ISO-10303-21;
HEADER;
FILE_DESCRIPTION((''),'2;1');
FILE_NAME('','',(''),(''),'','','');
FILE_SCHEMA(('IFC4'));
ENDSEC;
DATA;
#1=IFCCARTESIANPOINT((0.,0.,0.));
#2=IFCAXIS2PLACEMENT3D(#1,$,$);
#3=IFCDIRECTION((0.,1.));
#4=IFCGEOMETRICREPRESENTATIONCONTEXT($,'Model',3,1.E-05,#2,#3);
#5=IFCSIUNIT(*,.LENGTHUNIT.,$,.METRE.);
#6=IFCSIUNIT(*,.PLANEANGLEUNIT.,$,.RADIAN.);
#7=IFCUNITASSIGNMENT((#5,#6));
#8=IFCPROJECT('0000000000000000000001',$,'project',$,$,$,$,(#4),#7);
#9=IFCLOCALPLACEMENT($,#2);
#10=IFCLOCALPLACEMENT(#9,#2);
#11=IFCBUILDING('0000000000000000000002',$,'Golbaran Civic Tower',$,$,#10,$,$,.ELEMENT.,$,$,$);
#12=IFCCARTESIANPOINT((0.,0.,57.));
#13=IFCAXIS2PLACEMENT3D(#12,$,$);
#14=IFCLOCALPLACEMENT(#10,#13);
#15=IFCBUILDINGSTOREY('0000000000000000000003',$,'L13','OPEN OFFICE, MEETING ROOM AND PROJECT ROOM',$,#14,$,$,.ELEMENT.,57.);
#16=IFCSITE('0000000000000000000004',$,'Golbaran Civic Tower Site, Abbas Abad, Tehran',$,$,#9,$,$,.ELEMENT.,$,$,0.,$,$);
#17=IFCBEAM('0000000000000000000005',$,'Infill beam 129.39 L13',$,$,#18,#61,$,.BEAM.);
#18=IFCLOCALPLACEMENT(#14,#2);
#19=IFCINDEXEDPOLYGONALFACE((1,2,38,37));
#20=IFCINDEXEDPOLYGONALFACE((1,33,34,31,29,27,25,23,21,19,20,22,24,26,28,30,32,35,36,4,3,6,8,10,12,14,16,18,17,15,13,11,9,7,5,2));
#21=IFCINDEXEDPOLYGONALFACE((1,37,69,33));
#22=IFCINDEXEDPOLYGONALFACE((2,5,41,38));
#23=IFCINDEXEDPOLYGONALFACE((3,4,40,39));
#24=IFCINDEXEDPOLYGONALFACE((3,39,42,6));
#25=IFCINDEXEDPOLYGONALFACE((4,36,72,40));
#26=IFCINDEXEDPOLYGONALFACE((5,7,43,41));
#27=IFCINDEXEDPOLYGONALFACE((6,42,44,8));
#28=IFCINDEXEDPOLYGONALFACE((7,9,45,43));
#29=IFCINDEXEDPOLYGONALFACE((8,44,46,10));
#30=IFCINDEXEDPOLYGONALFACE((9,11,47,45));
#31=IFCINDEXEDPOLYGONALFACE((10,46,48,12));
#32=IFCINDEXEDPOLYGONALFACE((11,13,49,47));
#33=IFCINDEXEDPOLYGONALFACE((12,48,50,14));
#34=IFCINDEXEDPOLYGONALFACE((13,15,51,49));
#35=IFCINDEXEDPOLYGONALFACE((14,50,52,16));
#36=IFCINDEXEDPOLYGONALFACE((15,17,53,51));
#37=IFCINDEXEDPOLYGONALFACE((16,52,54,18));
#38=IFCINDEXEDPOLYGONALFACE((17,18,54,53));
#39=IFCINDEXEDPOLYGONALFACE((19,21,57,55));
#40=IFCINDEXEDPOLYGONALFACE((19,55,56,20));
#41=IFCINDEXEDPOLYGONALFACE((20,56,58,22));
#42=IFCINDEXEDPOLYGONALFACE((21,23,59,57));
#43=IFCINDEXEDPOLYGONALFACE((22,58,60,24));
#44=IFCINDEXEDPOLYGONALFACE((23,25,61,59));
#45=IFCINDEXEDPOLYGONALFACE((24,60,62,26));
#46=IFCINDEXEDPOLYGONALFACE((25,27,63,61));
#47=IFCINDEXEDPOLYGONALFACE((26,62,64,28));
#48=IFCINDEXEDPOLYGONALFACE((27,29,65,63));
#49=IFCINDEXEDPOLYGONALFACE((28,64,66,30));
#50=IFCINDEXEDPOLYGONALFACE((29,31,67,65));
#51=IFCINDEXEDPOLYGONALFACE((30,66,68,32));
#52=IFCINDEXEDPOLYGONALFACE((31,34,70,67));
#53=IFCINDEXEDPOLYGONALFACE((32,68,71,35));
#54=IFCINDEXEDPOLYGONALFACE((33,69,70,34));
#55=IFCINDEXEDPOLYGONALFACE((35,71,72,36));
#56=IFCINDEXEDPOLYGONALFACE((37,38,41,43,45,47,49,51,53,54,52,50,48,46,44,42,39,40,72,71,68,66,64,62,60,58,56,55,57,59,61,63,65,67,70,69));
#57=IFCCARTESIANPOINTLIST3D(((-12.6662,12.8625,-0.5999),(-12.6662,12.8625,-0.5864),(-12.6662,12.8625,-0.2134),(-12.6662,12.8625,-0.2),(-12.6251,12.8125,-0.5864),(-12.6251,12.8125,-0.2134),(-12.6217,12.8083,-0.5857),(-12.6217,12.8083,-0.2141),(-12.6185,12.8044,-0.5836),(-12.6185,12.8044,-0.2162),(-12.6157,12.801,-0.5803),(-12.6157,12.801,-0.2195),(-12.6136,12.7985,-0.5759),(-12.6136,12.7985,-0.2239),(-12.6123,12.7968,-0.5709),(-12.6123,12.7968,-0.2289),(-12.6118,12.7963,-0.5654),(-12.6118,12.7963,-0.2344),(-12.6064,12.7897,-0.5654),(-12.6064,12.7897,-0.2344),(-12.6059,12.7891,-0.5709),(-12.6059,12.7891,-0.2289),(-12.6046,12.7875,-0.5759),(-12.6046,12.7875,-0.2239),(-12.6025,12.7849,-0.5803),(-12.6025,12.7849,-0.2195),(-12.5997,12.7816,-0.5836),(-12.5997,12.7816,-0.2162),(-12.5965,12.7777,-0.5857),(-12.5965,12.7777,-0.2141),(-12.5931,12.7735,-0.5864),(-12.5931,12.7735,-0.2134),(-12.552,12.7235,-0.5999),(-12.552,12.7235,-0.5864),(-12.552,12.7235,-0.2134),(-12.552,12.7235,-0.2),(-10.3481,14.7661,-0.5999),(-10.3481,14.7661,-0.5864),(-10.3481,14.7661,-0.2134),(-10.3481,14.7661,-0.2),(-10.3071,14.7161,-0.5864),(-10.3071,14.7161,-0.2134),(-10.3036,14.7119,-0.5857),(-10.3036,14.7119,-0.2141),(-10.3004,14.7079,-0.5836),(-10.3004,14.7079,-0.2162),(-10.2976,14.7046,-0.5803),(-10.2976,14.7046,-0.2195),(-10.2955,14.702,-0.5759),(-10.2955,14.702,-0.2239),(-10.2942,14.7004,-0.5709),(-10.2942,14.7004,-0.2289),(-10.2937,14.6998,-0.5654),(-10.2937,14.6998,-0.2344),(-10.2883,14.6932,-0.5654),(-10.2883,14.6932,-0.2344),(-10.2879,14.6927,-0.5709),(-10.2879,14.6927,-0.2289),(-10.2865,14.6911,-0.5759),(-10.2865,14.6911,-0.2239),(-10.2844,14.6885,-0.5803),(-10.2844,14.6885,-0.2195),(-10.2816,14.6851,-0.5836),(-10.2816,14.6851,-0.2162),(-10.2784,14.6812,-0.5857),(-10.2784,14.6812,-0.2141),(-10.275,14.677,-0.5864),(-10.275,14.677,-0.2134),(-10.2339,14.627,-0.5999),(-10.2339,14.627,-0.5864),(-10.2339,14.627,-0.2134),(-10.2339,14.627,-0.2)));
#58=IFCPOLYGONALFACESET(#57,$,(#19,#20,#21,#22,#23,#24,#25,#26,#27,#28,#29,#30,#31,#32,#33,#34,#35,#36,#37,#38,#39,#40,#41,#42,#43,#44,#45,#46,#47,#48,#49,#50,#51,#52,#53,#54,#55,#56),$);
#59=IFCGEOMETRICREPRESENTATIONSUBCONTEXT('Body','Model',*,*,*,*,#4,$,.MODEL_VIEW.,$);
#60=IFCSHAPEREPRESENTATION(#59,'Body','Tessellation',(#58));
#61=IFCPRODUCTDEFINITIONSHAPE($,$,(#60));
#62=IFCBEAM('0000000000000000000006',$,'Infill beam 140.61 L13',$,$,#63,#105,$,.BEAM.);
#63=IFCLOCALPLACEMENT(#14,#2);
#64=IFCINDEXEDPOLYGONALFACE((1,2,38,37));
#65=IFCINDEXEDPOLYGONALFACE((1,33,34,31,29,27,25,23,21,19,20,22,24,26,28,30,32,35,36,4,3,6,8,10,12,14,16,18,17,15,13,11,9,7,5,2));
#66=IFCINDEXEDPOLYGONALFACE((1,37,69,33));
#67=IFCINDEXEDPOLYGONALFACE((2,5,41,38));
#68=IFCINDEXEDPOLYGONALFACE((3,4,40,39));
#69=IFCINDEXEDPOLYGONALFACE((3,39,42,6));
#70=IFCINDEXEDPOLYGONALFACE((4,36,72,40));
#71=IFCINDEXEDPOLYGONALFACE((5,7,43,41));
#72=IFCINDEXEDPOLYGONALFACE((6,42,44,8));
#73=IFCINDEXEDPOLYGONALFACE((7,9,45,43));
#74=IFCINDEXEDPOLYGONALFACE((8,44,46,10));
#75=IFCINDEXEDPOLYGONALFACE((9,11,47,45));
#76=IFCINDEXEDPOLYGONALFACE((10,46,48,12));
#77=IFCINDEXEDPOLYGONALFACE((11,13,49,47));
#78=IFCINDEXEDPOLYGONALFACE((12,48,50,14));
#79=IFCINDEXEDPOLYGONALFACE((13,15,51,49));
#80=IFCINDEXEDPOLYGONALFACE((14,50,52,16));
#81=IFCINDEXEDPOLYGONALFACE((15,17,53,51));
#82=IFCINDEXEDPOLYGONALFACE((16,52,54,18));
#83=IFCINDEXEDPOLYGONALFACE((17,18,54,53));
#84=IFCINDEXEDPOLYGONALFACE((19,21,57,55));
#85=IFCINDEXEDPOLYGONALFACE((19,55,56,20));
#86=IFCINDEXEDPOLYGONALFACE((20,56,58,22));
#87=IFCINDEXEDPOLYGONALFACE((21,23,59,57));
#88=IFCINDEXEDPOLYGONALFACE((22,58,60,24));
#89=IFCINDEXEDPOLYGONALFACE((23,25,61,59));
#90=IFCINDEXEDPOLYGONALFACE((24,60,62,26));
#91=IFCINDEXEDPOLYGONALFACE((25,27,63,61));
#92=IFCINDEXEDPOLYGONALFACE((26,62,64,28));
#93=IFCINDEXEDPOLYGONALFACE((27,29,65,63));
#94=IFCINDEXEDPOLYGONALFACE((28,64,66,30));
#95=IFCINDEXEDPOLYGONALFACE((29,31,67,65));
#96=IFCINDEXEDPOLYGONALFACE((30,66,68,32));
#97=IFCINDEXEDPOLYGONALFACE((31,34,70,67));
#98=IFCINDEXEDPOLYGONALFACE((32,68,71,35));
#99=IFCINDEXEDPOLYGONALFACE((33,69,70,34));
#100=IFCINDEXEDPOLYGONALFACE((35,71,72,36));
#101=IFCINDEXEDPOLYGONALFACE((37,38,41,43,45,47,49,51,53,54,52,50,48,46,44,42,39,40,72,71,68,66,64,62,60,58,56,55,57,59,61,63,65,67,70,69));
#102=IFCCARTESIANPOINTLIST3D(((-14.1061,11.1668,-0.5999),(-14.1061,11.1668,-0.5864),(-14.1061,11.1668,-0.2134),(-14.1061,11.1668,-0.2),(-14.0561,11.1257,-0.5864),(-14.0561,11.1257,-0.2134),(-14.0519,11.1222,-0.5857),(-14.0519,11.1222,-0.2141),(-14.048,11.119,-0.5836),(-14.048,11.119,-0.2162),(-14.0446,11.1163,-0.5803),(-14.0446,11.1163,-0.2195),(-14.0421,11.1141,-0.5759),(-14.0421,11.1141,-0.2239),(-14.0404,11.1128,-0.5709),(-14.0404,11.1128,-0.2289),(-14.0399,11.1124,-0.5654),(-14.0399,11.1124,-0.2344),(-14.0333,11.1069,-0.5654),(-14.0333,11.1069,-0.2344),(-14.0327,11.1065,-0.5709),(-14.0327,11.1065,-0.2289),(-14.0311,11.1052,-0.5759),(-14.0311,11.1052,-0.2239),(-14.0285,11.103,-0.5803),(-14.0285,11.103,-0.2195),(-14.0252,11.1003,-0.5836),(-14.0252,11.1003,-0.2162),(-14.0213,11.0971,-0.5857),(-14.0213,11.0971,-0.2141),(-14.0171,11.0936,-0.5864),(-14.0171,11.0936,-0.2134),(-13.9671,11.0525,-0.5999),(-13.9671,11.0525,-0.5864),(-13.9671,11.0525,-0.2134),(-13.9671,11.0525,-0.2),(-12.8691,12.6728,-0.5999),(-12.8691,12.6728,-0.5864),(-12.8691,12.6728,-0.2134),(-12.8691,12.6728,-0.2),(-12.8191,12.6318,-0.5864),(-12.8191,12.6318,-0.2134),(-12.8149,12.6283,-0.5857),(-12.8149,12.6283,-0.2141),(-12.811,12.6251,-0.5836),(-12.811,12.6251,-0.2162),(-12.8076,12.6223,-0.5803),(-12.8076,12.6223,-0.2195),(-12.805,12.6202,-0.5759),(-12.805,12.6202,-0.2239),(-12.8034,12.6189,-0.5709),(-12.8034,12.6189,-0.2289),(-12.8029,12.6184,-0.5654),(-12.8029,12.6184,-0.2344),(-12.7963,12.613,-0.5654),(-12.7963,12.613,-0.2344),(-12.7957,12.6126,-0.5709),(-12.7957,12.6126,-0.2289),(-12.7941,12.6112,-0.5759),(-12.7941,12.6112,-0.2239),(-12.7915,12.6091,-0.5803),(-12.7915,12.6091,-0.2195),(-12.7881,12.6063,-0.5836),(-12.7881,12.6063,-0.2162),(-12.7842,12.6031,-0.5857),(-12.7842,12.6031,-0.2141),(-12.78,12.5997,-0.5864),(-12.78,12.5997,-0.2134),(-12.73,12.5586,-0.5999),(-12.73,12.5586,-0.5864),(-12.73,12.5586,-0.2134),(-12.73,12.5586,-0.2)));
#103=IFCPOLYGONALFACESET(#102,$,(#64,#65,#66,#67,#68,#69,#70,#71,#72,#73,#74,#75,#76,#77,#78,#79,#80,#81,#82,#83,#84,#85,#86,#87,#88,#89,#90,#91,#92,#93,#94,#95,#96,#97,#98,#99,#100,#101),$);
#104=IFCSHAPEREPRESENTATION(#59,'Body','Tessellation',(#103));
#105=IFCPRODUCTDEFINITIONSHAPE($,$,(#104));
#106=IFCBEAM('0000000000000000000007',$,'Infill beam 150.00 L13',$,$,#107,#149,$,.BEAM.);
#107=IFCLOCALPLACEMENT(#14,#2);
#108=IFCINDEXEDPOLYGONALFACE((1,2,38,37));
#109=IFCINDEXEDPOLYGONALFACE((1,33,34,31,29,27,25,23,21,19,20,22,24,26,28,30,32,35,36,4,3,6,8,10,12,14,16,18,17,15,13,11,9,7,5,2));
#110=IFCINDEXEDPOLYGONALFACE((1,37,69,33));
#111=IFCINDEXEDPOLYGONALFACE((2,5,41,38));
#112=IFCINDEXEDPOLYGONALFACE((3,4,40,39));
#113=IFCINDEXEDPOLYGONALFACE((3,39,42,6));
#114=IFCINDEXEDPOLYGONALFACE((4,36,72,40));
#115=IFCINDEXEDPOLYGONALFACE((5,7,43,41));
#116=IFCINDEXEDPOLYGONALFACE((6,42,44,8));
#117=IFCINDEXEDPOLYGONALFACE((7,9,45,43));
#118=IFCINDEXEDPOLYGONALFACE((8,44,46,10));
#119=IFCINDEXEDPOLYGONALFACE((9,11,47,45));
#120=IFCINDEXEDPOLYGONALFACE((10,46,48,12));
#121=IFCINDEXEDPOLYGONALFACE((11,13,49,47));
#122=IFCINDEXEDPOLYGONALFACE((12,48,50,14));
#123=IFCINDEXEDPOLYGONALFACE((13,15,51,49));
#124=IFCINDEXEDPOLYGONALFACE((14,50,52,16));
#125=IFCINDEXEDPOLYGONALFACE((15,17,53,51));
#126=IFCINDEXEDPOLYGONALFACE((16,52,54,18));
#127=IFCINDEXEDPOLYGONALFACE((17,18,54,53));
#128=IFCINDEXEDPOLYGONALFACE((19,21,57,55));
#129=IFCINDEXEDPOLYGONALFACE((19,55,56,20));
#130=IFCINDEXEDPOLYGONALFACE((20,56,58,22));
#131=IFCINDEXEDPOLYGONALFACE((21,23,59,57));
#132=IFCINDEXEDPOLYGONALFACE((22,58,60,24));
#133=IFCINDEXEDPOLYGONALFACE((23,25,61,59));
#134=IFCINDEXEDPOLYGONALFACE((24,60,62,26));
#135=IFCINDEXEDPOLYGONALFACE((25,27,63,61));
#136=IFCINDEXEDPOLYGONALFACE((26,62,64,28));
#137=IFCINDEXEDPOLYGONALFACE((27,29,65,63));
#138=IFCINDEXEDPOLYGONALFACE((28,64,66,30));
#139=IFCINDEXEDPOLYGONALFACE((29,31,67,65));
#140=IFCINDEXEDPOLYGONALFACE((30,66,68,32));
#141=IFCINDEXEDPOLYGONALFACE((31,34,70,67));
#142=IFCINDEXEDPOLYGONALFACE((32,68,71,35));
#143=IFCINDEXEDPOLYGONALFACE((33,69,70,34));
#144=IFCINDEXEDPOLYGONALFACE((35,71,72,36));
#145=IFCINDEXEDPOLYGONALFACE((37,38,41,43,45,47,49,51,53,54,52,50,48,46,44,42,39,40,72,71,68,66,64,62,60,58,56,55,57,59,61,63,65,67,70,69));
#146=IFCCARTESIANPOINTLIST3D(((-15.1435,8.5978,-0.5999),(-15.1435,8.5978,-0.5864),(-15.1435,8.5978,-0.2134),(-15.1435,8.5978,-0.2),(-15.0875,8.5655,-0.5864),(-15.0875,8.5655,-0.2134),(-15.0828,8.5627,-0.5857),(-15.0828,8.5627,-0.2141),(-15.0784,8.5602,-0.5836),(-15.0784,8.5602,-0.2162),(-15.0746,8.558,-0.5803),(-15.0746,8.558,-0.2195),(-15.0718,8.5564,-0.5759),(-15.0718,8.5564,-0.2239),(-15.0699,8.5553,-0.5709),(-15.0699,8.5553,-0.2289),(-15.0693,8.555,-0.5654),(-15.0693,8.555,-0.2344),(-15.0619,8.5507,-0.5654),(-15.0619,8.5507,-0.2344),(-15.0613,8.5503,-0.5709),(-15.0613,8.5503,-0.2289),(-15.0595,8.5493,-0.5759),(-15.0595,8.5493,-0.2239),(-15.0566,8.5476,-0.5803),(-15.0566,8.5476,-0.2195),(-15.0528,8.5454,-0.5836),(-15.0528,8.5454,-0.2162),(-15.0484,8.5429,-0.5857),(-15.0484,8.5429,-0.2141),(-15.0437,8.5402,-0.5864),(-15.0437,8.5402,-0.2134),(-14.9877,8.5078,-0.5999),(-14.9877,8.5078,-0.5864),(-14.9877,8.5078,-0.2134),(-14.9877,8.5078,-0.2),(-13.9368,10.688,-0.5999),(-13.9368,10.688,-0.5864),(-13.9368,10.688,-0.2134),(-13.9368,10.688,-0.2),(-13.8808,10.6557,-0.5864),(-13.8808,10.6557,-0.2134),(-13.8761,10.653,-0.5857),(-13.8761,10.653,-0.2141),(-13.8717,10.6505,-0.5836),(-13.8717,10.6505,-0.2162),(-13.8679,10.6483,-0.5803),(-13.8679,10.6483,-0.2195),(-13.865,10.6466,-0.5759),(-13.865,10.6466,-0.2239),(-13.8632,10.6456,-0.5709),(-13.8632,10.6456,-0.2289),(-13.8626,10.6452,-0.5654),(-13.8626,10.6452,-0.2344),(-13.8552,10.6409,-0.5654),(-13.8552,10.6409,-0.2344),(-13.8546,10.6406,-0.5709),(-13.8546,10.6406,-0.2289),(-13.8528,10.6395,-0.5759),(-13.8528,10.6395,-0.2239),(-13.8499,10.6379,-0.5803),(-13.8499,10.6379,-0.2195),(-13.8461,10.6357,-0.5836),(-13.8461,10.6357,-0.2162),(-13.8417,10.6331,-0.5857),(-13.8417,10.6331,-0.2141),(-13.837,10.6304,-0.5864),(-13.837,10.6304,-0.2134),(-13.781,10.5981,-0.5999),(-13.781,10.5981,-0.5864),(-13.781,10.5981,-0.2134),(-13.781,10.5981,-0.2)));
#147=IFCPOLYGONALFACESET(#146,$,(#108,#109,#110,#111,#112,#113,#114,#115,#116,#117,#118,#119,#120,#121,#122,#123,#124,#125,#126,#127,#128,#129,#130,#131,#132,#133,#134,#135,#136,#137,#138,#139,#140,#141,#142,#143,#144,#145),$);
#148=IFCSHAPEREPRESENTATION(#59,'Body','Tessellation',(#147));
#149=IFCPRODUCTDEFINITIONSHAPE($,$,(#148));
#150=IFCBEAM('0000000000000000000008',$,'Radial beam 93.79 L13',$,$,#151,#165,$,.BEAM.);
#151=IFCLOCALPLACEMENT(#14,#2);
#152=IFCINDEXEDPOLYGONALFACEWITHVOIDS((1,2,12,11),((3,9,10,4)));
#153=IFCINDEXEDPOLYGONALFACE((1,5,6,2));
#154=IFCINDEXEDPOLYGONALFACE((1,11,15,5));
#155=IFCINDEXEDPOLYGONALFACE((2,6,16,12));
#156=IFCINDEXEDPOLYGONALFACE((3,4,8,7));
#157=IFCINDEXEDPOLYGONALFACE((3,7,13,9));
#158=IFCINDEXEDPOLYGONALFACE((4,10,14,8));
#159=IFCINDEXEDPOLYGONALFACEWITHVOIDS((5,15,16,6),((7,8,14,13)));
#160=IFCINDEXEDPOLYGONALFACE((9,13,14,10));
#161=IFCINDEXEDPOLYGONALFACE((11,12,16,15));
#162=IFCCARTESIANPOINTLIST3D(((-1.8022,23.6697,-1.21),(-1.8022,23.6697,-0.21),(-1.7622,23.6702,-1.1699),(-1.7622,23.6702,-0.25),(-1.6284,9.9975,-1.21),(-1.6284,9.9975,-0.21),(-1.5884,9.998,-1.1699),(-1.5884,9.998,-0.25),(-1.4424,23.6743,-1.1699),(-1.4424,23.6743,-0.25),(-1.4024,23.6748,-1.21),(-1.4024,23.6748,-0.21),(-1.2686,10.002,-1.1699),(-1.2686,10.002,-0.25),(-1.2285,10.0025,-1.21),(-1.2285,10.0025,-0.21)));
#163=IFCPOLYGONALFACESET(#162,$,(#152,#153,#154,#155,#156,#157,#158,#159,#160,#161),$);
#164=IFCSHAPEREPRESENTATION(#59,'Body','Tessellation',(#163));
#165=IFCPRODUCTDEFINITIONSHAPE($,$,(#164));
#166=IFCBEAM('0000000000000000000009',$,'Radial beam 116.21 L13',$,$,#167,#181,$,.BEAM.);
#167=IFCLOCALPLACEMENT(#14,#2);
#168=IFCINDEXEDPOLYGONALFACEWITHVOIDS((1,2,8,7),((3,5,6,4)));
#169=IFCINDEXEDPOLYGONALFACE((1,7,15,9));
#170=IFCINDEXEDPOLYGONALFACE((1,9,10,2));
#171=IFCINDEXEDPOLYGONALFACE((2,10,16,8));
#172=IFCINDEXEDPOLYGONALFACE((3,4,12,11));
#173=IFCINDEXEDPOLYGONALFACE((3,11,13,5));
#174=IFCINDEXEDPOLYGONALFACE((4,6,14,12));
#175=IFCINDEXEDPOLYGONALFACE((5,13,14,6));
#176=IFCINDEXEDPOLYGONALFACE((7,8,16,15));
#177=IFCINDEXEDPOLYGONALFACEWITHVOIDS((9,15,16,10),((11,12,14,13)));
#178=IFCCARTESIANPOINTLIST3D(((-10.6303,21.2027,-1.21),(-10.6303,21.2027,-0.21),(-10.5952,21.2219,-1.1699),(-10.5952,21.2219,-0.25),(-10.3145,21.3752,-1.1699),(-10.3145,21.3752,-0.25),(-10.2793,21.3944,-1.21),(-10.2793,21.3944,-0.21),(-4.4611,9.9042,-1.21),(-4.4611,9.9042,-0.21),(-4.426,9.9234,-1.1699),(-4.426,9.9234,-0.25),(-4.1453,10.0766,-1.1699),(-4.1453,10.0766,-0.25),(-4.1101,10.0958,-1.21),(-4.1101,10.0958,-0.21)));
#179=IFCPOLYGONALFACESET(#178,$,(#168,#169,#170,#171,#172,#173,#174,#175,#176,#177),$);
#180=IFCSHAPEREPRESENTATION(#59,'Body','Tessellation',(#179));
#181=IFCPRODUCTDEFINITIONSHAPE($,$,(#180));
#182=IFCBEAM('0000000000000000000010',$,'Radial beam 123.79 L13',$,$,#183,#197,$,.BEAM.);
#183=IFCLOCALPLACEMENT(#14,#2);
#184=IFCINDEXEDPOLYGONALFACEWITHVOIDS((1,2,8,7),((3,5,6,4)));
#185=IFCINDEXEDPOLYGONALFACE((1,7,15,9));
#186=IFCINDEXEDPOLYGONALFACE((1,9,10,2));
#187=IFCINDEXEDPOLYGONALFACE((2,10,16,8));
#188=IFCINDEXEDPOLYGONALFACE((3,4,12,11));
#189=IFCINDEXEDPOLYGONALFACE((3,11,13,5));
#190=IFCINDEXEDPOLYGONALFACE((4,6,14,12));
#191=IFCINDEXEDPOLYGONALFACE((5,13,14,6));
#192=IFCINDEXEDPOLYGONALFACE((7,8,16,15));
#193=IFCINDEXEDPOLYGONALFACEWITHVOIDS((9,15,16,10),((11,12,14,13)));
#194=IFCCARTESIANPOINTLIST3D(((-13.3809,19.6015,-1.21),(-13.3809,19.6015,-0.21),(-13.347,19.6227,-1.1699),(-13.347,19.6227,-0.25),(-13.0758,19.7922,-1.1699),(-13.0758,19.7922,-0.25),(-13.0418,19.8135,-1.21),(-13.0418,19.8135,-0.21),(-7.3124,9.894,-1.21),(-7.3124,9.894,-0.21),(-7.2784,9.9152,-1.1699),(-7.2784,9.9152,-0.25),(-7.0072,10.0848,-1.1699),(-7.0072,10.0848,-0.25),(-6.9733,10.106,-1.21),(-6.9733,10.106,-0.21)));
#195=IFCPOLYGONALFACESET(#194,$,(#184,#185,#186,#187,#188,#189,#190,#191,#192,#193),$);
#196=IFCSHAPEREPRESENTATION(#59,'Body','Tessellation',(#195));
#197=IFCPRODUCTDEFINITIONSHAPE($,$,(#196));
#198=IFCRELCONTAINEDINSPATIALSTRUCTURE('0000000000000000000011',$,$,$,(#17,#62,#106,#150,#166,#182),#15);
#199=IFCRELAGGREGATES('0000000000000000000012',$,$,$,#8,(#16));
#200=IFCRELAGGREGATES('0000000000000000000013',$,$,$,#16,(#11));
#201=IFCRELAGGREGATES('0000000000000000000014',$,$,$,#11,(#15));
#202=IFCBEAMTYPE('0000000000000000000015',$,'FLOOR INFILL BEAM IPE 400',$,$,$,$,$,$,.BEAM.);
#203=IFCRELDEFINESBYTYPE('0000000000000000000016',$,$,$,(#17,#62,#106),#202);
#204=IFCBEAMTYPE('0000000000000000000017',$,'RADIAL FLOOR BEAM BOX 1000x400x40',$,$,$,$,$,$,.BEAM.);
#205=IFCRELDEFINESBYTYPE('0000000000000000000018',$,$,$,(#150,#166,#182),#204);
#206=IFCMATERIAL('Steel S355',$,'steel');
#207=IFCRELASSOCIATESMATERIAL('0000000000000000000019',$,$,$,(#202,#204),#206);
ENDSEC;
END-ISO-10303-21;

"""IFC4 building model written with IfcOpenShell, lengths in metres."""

from ifc_helpers import new_model, si_unit, direction, frame, origin, origin_2d, place, context, subcontext, project, spatial, hollow_rectangle, i_section, extrude, material, material_profile, profile_set, type_object, element, save


model = new_model("IFC4")

# Units and contexts
model_context = context("Model", 3, precision=1e-05, world=origin(), true_north=direction((0.0, 1.0)))
body_context = subcontext(model_context, "Body", "Model", "MODEL_VIEW")
ifc_project = project(units=[si_unit("LENGTHUNIT", "METRE"), si_unit("PLANEANGLEUNIT", "RADIAN")], contexts=[model_context])

# Site, building, storey
site_placement = place(None, origin())
site = spatial("IfcSite", under=ifc_project, at=site_placement, Name="Golbaran Civic Tower Site, Abbas Abad, Tehran", CompositionType="ELEMENT", RefElevation=0.0)
building_placement = place(site_placement, origin())
building = spatial("IfcBuilding", under=site, at=building_placement, Name="Golbaran Civic Tower", CompositionType="ELEMENT")
storey_placement = place(building_placement, frame((0.0, 0.0, 57.0)))
storey = spatial("IfcBuildingStorey", under=building, at=storey_placement, Name="L13", Description="OPEN OFFICE, MEETING ROOM AND PROJECT ROOM", CompositionType="ELEMENT", Elevation=57.0)

# Beams
ifc_material_1 = material(Name="Steel S355", Category="steel")
ifc_material_profile_1 = material_profile(ifc_material_1, i_section(OverallWidth=0.1799, OverallDepth=0.3999, WebThickness=0.0085, FlangeThickness=0.0134, FilletRadius=0.021, at=origin_2d()), Name="IPE 400")
ifc_profile_set_1 = profile_set([ifc_material_profile_1], Name="Steel S355")
beam_type_1 = type_object("IfcBeamType", Name="FLOOR INFILL BEAM IPE 400", PredefinedType="BEAM", material=ifc_profile_set_1)
beam_1_placement = place(storey_placement, frame((-10.291, 14.6965, -0.3999), z_axis=(-0.772825, -0.63462, 0.0), x_axis=(0.63462, -0.772825, 0.0)))
element("IfcBeam", 1, at=beam_1_placement, inside=storey, type_object=beam_type_1, Name="Infill beam 129.39 L13", PredefinedType="BEAM", context=body_context, shape_type="SweptSolid", body=[
    extrude(i_section(OverallWidth=0.1799, OverallDepth=0.3999, WebThickness=0.0085, FlangeThickness=0.0134, FilletRadius=0.021, at=origin_2d()), origin(), (0.0, 0.0, 1.0), 2.9995),
])
beam_2_placement = place(storey_placement, frame((-12.7996, 12.6157, -0.3999), z_axis=(-0.63471, -0.77275, 0.0), x_axis=(0.77275, -0.63471, 0.0)))
element("IfcBeam", 2, at=beam_2_placement, inside=storey, type_object=beam_type_1, Name="Infill beam 140.61 L13", PredefinedType="BEAM", context=body_context, shape_type="SweptSolid", body=[
    extrude(i_section(OverallWidth=0.1799, OverallDepth=0.3999, WebThickness=0.0085, FlangeThickness=0.0134, FilletRadius=0.021, at=origin_2d()), origin(), (0.0, 0.0, 1.0), 1.949),
])
beam_3_placement = place(storey_placement, frame((-13.8589, 10.6431, -0.3999), z_axis=(-0.499979, -0.866037, 0.0), x_axis=(0.866037, -0.499979, 0.0)))
element("IfcBeam", 3, at=beam_3_placement, inside=storey, type_object=beam_type_1, Name="Infill beam 150.00 L13", PredefinedType="BEAM", context=body_context, shape_type="SweptSolid", body=[
    extrude(i_section(OverallWidth=0.1799, OverallDepth=0.3999, WebThickness=0.0085, FlangeThickness=0.0134, FilletRadius=0.021, at=origin_2d()), origin(), (0.0, 0.0, 1.0), 2.4136),
])
ifc_material_profile_2 = material_profile(ifc_material_1, hollow_rectangle(XDim=0.3999, YDim=1.0, WallThickness=0.04, at=origin_2d()), Name="BOX 1000x400x40")
ifc_profile_set_2 = profile_set([ifc_material_profile_2], Name="Steel S355")
beam_type_2 = type_object("IfcBeamType", Name="RADIAL FLOOR BEAM BOX 1000x400x40", PredefinedType="BEAM", material=ifc_profile_set_2)
beam_4_placement = place(storey_placement, frame((-1.4285, 10.0, -0.71), z_axis=(-0.012713, 0.999919, 0.0), x_axis=(-0.999919, -0.012713, 0.0)))
element("IfcBeam", 4, at=beam_4_placement, inside=storey, type_object=beam_type_2, Name="Radial beam 93.79 L13", PredefinedType="BEAM", context=body_context, shape_type="SweptSolid", body=[
    extrude(hollow_rectangle(XDim=0.3999, YDim=1.0, WallThickness=0.04, at=origin_2d()), origin(), (0.0, 0.0, 1.0), 13.6733),
])
beam_5_placement = place(storey_placement, frame((-4.2856, 10.0, -0.71), z_axis=(-0.479231, 0.877689, 0.0), x_axis=(-0.877689, -0.479231, 0.0)))
element("IfcBeam", 5, at=beam_5_placement, inside=storey, type_object=beam_type_2, Name="Radial beam 116.21 L13", PredefinedType="BEAM", context=body_context, shape_type="SweptSolid", body=[
    extrude(hollow_rectangle(XDim=0.3999, YDim=1.0, WallThickness=0.04, at=origin_2d()), origin(), (0.0, 0.0, 1.0), 12.873),
])
beam_6_placement = place(storey_placement, frame((-7.1428, 10.0, -0.71), z_axis=(-0.530087, 0.847943, 0.0), x_axis=(-0.847943, -0.530087, 0.0)))
element("IfcBeam", 6, at=beam_6_placement, inside=storey, type_object=beam_type_2, Name="Radial beam 123.79 L13", PredefinedType="BEAM", context=body_context, shape_type="SweptSolid", body=[
    extrude(hollow_rectangle(XDim=0.3999, YDim=1.0, WallThickness=0.04, at=origin_2d()), origin(), (0.0, 0.0, 1.0), 11.4482),
])

save(model, "model.ifc")
